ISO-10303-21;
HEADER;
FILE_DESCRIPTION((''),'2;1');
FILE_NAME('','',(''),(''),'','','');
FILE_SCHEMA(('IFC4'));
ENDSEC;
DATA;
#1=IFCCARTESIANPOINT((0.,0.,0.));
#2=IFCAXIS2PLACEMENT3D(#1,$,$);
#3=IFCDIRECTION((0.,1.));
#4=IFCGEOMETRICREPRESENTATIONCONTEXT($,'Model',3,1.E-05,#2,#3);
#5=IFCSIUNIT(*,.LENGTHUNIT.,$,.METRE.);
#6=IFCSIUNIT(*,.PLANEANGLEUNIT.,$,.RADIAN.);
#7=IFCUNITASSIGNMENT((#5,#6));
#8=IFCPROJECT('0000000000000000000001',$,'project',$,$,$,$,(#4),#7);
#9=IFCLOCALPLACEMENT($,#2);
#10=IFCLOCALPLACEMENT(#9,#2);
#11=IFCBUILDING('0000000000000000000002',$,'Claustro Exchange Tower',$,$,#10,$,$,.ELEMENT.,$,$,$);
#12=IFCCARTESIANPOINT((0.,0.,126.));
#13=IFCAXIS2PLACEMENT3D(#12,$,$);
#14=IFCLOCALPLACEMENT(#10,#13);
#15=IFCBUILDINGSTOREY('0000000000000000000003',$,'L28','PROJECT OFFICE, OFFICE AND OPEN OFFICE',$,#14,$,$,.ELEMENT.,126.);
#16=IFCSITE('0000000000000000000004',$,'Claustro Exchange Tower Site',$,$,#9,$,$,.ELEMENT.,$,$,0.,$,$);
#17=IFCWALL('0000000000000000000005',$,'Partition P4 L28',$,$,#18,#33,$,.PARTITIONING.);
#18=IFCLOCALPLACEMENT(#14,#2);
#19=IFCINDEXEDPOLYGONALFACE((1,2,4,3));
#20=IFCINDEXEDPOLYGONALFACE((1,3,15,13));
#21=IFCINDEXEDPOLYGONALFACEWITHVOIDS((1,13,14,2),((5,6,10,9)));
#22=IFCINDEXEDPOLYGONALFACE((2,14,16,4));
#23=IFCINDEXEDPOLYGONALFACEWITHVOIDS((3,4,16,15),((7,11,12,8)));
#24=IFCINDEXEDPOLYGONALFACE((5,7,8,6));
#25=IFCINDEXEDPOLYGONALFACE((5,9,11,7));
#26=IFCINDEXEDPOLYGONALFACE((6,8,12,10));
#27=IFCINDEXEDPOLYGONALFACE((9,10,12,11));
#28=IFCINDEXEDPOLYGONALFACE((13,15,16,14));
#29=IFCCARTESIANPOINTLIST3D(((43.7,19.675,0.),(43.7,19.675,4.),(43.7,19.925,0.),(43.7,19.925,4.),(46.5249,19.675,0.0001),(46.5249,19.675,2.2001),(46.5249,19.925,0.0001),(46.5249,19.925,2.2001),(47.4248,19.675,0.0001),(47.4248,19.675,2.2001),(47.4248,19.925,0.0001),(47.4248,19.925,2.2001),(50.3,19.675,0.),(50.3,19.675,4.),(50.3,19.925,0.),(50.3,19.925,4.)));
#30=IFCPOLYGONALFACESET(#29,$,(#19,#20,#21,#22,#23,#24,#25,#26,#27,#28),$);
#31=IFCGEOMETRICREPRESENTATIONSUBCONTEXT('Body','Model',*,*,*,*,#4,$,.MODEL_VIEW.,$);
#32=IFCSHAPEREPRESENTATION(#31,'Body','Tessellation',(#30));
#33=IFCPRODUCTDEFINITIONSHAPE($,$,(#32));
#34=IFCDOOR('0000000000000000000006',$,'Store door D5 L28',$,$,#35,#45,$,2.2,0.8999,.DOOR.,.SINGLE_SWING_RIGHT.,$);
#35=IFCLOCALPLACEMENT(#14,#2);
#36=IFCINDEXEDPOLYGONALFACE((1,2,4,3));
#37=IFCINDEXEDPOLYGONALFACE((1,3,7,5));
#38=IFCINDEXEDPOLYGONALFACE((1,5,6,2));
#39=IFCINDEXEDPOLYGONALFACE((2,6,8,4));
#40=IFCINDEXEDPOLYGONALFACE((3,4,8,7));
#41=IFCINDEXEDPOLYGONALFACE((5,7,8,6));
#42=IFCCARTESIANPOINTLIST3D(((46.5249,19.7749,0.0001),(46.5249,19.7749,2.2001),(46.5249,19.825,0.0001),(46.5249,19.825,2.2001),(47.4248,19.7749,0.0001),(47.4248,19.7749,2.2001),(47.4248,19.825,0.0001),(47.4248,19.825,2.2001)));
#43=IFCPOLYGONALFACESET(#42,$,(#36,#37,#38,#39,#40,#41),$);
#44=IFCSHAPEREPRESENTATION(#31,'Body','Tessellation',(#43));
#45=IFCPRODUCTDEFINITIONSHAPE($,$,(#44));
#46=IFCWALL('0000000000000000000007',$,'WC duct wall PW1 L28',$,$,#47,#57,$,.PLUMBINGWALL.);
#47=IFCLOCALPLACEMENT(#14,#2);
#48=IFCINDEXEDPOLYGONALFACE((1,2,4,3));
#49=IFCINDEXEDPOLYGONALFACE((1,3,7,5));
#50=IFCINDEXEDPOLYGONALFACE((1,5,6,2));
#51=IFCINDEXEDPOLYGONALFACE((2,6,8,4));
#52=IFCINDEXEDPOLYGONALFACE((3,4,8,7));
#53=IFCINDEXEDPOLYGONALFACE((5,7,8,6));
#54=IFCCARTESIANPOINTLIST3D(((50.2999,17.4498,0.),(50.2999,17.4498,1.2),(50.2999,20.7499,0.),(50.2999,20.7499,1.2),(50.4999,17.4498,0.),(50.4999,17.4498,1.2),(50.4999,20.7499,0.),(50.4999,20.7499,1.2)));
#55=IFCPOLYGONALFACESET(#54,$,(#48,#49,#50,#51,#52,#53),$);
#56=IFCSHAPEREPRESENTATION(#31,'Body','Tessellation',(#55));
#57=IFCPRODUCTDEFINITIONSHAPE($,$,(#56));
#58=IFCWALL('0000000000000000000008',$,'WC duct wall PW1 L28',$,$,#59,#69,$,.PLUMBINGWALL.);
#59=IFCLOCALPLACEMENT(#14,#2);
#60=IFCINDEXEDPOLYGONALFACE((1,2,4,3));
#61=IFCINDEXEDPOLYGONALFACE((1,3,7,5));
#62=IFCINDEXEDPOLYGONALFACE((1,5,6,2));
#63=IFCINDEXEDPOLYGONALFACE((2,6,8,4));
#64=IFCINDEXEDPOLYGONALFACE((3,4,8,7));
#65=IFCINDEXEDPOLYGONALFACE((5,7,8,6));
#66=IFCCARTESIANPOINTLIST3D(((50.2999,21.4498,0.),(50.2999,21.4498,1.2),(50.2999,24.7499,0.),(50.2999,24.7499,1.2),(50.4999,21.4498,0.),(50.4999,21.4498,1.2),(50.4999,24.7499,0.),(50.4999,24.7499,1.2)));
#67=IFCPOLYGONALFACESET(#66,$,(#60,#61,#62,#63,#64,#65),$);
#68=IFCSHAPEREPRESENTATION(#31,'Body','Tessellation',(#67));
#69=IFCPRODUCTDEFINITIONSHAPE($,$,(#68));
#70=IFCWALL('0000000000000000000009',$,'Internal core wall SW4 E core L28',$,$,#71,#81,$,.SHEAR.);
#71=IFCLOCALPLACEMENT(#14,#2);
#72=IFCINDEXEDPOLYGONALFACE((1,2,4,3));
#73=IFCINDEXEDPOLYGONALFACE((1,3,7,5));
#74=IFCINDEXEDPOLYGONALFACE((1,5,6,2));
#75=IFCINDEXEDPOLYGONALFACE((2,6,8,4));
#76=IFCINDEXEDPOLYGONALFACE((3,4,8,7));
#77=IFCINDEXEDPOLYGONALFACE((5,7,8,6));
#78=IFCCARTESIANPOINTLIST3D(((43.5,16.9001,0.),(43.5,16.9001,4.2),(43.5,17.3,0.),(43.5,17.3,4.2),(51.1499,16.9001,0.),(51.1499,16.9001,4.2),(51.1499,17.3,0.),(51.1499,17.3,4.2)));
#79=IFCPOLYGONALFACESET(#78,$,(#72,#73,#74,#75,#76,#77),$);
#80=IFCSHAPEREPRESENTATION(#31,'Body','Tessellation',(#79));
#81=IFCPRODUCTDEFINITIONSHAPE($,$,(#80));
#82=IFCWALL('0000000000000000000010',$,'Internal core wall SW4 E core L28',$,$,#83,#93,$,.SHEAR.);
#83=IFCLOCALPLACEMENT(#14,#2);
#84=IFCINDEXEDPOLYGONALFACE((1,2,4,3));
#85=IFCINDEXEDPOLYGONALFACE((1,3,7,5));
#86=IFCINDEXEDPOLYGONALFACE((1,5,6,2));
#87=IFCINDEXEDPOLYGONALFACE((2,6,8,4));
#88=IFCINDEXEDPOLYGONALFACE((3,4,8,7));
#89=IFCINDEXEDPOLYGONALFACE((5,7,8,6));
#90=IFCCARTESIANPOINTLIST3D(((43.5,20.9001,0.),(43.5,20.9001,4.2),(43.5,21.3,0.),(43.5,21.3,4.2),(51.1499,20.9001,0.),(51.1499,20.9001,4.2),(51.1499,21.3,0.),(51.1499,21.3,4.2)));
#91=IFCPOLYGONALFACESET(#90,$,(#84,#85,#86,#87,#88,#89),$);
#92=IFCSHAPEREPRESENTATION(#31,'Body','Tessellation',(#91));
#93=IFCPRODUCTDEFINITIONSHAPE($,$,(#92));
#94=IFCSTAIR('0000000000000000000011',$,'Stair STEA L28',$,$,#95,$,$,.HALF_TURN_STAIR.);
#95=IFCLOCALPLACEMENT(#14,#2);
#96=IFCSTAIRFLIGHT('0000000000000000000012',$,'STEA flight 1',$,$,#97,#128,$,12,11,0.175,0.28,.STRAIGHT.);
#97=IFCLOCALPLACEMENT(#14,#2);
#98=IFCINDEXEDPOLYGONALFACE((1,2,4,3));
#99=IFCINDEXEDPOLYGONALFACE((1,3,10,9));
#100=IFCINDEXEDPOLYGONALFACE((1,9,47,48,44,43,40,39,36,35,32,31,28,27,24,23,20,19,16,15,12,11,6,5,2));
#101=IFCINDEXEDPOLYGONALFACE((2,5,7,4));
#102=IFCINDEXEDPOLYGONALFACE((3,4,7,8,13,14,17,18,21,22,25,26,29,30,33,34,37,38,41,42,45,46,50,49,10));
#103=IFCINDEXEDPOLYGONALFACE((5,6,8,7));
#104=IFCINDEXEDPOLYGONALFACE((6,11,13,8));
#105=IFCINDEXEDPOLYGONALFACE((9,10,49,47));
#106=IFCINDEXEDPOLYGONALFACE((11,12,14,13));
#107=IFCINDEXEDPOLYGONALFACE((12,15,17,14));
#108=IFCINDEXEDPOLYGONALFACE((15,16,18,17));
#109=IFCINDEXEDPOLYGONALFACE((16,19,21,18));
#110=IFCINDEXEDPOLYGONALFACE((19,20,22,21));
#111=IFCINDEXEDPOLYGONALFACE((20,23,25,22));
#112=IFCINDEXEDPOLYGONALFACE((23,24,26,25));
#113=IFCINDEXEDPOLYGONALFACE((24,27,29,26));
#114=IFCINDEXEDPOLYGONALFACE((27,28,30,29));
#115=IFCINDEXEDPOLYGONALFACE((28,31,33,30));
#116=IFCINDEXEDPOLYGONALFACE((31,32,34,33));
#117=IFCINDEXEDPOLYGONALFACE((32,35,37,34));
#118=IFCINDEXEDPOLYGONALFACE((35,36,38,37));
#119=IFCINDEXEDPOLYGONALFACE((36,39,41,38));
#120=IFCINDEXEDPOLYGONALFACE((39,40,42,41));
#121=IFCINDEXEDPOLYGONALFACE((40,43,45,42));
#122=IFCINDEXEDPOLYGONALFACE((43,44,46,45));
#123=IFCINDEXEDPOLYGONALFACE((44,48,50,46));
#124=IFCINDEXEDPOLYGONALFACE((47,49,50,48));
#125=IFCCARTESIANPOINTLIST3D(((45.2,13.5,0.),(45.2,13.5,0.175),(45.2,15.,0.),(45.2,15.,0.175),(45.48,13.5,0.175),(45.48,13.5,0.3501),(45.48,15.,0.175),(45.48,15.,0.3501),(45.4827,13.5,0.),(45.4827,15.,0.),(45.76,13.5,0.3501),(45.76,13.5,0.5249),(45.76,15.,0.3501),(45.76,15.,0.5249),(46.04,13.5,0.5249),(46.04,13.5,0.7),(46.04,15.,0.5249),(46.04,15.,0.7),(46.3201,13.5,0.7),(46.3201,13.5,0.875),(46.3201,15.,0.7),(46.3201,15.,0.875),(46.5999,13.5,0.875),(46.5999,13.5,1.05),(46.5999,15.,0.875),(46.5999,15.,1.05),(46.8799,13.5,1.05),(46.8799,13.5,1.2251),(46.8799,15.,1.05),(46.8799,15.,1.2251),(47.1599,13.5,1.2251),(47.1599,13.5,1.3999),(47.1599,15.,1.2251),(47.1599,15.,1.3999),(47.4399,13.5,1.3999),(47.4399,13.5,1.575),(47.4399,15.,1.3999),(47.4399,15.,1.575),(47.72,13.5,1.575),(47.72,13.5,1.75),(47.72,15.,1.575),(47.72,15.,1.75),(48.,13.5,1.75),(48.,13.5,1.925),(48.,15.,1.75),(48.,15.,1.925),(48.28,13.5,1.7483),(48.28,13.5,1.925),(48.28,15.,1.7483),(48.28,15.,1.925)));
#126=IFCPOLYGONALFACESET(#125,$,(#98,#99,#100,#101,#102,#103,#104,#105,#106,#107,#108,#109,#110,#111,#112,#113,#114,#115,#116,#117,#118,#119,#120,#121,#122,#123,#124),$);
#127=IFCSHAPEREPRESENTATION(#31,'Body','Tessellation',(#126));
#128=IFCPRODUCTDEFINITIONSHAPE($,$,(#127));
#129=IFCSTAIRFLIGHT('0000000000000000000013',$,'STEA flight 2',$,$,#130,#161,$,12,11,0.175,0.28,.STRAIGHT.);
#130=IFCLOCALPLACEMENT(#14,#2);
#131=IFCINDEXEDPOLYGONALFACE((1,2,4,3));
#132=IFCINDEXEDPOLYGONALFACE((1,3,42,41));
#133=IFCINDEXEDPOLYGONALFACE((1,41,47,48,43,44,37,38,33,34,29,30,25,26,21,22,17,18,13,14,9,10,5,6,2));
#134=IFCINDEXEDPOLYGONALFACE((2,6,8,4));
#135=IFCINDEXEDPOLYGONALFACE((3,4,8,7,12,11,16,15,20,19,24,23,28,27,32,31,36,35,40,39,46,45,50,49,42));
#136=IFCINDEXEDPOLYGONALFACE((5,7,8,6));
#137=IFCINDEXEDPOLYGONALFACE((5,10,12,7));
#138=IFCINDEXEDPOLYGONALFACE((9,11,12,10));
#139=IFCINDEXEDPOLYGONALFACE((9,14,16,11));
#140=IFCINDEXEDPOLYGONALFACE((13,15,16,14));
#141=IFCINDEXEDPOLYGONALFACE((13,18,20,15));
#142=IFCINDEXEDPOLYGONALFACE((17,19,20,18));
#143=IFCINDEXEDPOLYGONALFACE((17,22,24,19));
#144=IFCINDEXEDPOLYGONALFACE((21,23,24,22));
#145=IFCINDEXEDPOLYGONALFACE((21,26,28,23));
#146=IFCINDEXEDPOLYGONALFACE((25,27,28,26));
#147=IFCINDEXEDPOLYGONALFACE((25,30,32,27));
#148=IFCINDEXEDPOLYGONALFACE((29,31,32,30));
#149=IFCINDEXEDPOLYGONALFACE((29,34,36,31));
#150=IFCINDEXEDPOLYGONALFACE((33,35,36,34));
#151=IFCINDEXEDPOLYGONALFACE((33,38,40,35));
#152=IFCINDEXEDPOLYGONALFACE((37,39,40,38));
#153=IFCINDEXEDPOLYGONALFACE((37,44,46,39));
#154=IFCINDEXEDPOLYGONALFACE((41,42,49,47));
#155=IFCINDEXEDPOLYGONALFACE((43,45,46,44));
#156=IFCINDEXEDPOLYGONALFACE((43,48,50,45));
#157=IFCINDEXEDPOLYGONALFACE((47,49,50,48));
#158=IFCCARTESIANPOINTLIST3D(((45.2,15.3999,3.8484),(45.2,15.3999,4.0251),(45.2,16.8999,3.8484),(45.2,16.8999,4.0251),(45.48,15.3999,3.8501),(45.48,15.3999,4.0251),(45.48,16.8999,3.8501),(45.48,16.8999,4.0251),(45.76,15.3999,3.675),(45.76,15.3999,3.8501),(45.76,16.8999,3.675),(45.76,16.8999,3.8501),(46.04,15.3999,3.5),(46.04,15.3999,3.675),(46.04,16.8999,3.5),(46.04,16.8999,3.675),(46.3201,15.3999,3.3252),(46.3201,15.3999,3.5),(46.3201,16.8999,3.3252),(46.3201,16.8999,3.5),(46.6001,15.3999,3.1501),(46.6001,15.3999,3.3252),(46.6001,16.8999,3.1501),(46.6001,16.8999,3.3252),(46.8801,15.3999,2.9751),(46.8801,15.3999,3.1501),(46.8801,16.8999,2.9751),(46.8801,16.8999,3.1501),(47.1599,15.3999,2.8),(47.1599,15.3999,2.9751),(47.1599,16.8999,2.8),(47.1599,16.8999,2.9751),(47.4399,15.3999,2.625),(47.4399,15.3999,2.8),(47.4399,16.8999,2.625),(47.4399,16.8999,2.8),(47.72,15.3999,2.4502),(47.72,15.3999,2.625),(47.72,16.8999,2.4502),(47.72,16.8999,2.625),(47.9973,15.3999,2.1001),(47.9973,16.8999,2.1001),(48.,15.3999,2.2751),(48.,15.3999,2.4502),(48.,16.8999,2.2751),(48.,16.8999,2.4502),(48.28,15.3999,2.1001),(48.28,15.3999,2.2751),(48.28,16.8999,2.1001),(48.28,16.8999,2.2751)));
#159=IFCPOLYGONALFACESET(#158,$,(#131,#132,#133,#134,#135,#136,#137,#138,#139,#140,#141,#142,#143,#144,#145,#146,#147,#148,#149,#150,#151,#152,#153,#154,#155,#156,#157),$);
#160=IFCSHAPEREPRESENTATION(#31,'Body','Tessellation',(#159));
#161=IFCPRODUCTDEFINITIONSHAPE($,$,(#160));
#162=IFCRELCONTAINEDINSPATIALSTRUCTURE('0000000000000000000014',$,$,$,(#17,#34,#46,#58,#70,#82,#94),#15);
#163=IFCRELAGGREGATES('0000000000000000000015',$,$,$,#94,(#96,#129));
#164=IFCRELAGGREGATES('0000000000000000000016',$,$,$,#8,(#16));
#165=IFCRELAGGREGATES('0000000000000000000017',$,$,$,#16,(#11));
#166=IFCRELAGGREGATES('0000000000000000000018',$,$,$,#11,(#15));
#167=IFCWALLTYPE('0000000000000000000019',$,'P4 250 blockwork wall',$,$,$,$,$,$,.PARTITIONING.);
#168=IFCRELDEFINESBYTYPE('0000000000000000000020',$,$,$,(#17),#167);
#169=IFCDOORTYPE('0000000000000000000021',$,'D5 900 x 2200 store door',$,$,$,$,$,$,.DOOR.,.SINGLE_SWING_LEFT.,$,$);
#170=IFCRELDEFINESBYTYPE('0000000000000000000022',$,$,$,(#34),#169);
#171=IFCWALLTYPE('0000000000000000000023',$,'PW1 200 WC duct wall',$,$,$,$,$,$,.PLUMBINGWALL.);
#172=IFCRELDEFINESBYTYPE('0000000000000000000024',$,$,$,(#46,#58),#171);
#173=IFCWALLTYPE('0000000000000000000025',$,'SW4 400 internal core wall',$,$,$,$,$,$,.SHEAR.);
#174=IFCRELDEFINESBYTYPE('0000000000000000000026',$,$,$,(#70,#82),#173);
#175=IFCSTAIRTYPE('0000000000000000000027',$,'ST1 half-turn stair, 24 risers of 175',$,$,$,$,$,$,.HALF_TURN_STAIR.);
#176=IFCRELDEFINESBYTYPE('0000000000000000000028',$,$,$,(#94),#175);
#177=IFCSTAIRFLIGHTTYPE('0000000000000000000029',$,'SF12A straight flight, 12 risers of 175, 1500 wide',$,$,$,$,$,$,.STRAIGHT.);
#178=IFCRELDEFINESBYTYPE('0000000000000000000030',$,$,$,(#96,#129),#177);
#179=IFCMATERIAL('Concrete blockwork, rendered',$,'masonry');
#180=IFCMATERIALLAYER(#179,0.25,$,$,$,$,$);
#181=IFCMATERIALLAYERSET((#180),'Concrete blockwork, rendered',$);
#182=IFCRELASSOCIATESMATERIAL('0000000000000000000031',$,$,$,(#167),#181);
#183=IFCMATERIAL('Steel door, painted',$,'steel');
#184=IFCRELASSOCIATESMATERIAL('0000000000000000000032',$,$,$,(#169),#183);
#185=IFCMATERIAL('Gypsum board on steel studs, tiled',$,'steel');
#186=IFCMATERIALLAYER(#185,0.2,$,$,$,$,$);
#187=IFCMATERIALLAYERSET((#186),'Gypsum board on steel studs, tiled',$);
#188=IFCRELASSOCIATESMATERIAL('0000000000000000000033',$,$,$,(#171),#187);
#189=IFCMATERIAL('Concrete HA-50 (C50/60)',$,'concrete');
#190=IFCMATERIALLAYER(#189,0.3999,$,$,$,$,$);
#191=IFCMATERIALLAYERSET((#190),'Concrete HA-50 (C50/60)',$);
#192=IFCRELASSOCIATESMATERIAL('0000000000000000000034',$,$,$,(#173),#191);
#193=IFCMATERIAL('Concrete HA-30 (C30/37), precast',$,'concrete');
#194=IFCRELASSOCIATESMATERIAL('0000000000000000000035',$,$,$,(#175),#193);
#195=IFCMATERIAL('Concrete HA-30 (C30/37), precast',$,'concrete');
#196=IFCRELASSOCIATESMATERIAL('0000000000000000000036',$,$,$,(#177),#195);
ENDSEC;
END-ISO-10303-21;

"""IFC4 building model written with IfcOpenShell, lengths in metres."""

from ifc_helpers import new_model, si_unit, direction, frame, frame_2d, origin, place, context, subcontext, project, spatial, polyline, rectangle, outline, extrude, material, layer, layer_set, type_object, element, fill, aggregate, save


model = new_model("IFC4")

# Units and contexts
model_context = context("Model", 3, precision=1e-05, world=origin(), true_north=direction((0.0, 1.0)))
body_context = subcontext(model_context, "Body", "Model", "MODEL_VIEW")
ifc_project = project(units=[si_unit("LENGTHUNIT", "METRE"), si_unit("PLANEANGLEUNIT", "RADIAN")], contexts=[model_context])

# Site, building, storey
site_placement = place(None, origin())
site = spatial("IfcSite", under=ifc_project, at=site_placement, Name="Claustro Exchange Tower Site", CompositionType="ELEMENT", RefElevation=0.0)
building_placement = place(site_placement, origin())
building = spatial("IfcBuilding", under=site, at=building_placement, Name="Claustro Exchange Tower", CompositionType="ELEMENT")
storey_placement = place(building_placement, frame((0.0, 0.0, 126.0)))
storey = spatial("IfcBuildingStorey", under=building, at=storey_placement, Name="L28", Description="PROJECT OFFICE, OFFICE AND OPEN OFFICE", CompositionType="ELEMENT", Elevation=126.0)

# Wall, opening, door
ifc_material_1 = material(Name="Concrete blockwork, rendered", Category="masonry")
ifc_layer_1 = layer(ifc_material_1, 0.25)
ifc_layer_set_1 = layer_set([ifc_layer_1], Name="Concrete blockwork, rendered")
wall_type_1 = type_object("IfcWallType", Name="P4 250 blockwork wall", PredefinedType="PARTITIONING", material=ifc_layer_set_1)
wall_placement = place(storey_placement, frame((43.7, 19.8, 0.0), z_axis=(0.0, 0.0, 1.0), x_axis=(1.0, 0.0, 0.0)))
wall = element("IfcWall", 1, at=wall_placement, inside=storey, type_object=wall_type_1, Name="Partition P4 L28", PredefinedType="PARTITIONING", context=body_context, shape_type="SweptSolid", body=[
    extrude(rectangle(XDim=6.6001, YDim=0.25, at=frame_2d((3.3, 0.0))), origin(), (0.0, 0.0, 1.0), 4.0),
])
opening_placement = place(wall_placement, frame((2.825, 0.0, 0.0)))
opening = element("IfcOpeningElement", 2, at=opening_placement, cuts=wall, PredefinedType="OPENING", context=body_context, shape_type="SweptSolid", body=[
    extrude(rectangle(XDim=0.8999, YDim=2.2, at=frame_2d((0.45, 1.1001))), frame((0.0, 0.135, 0.0), z_axis=(0.0, -1.0, 0.0), x_axis=(1.0, 0.0, 0.0)), (0.0, 0.0, 1.0), 0.27),
])
ifc_material_2 = material(Name="Steel door, painted", Category="steel")
door_type = type_object("IfcDoorType", Name="D5 900 x 2200 store door", OperationType="SINGLE_SWING_LEFT", PredefinedType="DOOR", material=ifc_material_2)
door_placement = place(opening_placement, origin())
door = element("IfcDoor", 3, at=door_placement, inside=storey, type_object=door_type, Name="Store door D5 L28", OperationType="SINGLE_SWING_RIGHT", OverallHeight=2.2, OverallWidth=0.8999, PredefinedType="DOOR", context=body_context, shape_type="SweptSolid", body=[
    extrude(rectangle(XDim=0.8999, YDim=2.2, at=frame_2d((0.45, 1.1001))), frame((0.0, 0.0249, 0.0), z_axis=(0.0, -1.0, 0.0), x_axis=(1.0, 0.0, 0.0)), (0.0, 0.0, 1.0), 0.05),
])
fill(opening, door)

# Walls
ifc_material_3 = material(Name="Gypsum board on steel studs, tiled", Category="steel")
ifc_layer_2 = layer(ifc_material_3, 0.2)
ifc_layer_set_2 = layer_set([ifc_layer_2], Name="Gypsum board on steel studs, tiled")
wall_type_2 = type_object("IfcWallType", Name="PW1 200 WC duct wall", PredefinedType="PLUMBINGWALL", material=ifc_layer_set_2)
for number, where, z_axis, x_axis, name in (
    (4, (50.3999, 17.45, 0.0), (0.0, 0.0, 1.0), (0.0, 1.0, 0.0), "WC duct wall PW1 L28"),
    (5, (50.3999, 21.45, 0.0), (0.0, 0.0, 1.0), (0.0, 1.0, 0.0), "WC duct wall PW1 L28"),
):
    element("IfcWall", number, at=place(storey_placement, frame(where, z_axis=z_axis, x_axis=x_axis)), inside=storey, type_object=wall_type_2, Name=name, PredefinedType="PLUMBINGWALL", context=body_context, shape_type="SweptSolid", body=[
        extrude(rectangle(XDim=3.3, YDim=0.2, at=frame_2d((1.6499, 0.0))), origin(), (0.0, 0.0, 1.0), 1.2),
    ])
ifc_material_4 = material(Name="Concrete HA-50 (C50/60)", Category="concrete")
ifc_layer_3 = layer(ifc_material_4, 0.3999)
ifc_layer_set_3 = layer_set([ifc_layer_3], Name="Concrete HA-50 (C50/60)")
wall_type_3 = type_object("IfcWallType", Name="SW4 400 internal core wall", PredefinedType="SHEAR", material=ifc_layer_set_3)
for number, where, z_axis, x_axis, name in (
    (6, (51.1499, 17.1001, 0.0), (0.0, 0.0, 1.0), (-1.0, 0.0, 0.0), "Internal core wall SW4 E core L28"),
    (7, (51.1499, 21.1001, 0.0), (0.0, 0.0, 1.0), (-1.0, 0.0, 0.0), "Internal core wall SW4 E core L28"),
):
    element("IfcWall", number, at=place(storey_placement, frame(where, z_axis=z_axis, x_axis=x_axis)), inside=storey, type_object=wall_type_3, Name=name, PredefinedType="SHEAR", context=body_context, shape_type="SweptSolid", body=[
        extrude(rectangle(XDim=7.6499, YDim=0.3999, at=frame_2d((3.825, 0.0))), origin(), (0.0, 0.0, 1.0), 4.2),
    ])

# Stair, stair flights
ifc_material_5 = material(Name="Concrete HA-30 (C30/37), precast", Category="concrete")
stair_type = type_object("IfcStairType", Name="ST1 half-turn stair, 24 risers of 175", PredefinedType="HALF_TURN_STAIR", material=ifc_material_5)
stair_placement = place(storey_placement, origin())
stair = element("IfcStair", 8, at=stair_placement, inside=storey, type_object=stair_type, Name="Stair STEA L28", PredefinedType="HALF_TURN_STAIR")
ifc_material_6 = material(Name="Concrete HA-30 (C30/37), precast", Category="concrete")
stair_flight_type = type_object("IfcStairFlightType", Name="SF12A straight flight, 12 risers of 175, 1500 wide", PredefinedType="STRAIGHT", material=ifc_material_6)
stair_flight_1_placement = place(storey_placement, frame((45.2, 14.25, 0.0), z_axis=(0.0, 0.0, 1.0), x_axis=(1.0, 0.0, 0.0)))
stair_flight_1 = element("IfcStairFlight", 9, at=stair_flight_1_placement, type_object=stair_flight_type, Name="STEA flight 1", NumberOfRisers=12, NumberOfTreads=11, PredefinedType="STRAIGHT", RiserHeight=0.175, TreadLength=0.28, context=body_context, shape_type="SweptSolid", body=[
    extrude(outline(polyline([(0.0, 0.0), (0.0, 0.175), (0.28, 0.175), (0.28, 0.3501), (0.5601, 0.3501), (0.5601, 0.5249), (0.8401, 0.5249), (0.8401, 0.7), (1.1201, 0.7), (1.1201, 0.875), (1.3999, 0.875), (1.3999, 1.05), (1.6799, 1.05), (1.6799, 1.2251), (1.96, 1.2251), (1.96, 1.3999), (2.24, 1.3999), (2.24, 1.575), (2.52, 1.575), (2.52, 1.75), (2.8, 1.75), (2.8, 1.925), (3.0801, 1.925), (3.0801, 2.1001), (3.0801, 1.7483), (0.2827, 0.0), (0.0, 0.0)])), frame((0.0, 0.75, 0.0), z_axis=(0.0, -1.0, 0.0), x_axis=(1.0, 0.0, 0.0)), (0.0, 0.0, 1.0), 1.5),
])
stair_flight_2_placement = place(storey_placement, frame((48.28, 16.1499, 2.1001), z_axis=(0.0, 0.0, 1.0), x_axis=(-1.0, 0.0, 0.0)))
stair_flight_2 = element("IfcStairFlight", 10, at=stair_flight_2_placement, type_object=stair_flight_type, Name="STEA flight 2", NumberOfRisers=12, NumberOfTreads=11, PredefinedType="STRAIGHT", RiserHeight=0.175, TreadLength=0.28, context=body_context, shape_type="SweptSolid", body=[
    extrude(outline(polyline([(0.0, 0.0), (0.0, 0.175), (0.28, 0.175), (0.28, 0.3501), (0.5601, 0.3501), (0.5601, 0.5249), (0.8401, 0.5249), (0.8401, 0.7), (1.1201, 0.7), (1.1201, 0.875), (1.3999, 0.875), (1.3999, 1.05), (1.6799, 1.05), (1.6799, 1.2251), (1.96, 1.2251), (1.96, 1.3999), (2.24, 1.3999), (2.24, 1.575), (2.52, 1.575), (2.52, 1.75), (2.8, 1.75), (2.8, 1.925), (3.0801, 1.925), (3.0801, 2.1001), (3.0801, 1.7483), (0.2827, 0.0), (0.0, 0.0)])), frame((0.0, 0.75, 0.0), z_axis=(0.0, -1.0, 0.0), x_axis=(1.0, 0.0, 0.0)), (0.0, 0.0, 1.0), 1.5),
])
aggregate(stair, [stair_flight_1, stair_flight_2])

save(model, "model.ifc")
